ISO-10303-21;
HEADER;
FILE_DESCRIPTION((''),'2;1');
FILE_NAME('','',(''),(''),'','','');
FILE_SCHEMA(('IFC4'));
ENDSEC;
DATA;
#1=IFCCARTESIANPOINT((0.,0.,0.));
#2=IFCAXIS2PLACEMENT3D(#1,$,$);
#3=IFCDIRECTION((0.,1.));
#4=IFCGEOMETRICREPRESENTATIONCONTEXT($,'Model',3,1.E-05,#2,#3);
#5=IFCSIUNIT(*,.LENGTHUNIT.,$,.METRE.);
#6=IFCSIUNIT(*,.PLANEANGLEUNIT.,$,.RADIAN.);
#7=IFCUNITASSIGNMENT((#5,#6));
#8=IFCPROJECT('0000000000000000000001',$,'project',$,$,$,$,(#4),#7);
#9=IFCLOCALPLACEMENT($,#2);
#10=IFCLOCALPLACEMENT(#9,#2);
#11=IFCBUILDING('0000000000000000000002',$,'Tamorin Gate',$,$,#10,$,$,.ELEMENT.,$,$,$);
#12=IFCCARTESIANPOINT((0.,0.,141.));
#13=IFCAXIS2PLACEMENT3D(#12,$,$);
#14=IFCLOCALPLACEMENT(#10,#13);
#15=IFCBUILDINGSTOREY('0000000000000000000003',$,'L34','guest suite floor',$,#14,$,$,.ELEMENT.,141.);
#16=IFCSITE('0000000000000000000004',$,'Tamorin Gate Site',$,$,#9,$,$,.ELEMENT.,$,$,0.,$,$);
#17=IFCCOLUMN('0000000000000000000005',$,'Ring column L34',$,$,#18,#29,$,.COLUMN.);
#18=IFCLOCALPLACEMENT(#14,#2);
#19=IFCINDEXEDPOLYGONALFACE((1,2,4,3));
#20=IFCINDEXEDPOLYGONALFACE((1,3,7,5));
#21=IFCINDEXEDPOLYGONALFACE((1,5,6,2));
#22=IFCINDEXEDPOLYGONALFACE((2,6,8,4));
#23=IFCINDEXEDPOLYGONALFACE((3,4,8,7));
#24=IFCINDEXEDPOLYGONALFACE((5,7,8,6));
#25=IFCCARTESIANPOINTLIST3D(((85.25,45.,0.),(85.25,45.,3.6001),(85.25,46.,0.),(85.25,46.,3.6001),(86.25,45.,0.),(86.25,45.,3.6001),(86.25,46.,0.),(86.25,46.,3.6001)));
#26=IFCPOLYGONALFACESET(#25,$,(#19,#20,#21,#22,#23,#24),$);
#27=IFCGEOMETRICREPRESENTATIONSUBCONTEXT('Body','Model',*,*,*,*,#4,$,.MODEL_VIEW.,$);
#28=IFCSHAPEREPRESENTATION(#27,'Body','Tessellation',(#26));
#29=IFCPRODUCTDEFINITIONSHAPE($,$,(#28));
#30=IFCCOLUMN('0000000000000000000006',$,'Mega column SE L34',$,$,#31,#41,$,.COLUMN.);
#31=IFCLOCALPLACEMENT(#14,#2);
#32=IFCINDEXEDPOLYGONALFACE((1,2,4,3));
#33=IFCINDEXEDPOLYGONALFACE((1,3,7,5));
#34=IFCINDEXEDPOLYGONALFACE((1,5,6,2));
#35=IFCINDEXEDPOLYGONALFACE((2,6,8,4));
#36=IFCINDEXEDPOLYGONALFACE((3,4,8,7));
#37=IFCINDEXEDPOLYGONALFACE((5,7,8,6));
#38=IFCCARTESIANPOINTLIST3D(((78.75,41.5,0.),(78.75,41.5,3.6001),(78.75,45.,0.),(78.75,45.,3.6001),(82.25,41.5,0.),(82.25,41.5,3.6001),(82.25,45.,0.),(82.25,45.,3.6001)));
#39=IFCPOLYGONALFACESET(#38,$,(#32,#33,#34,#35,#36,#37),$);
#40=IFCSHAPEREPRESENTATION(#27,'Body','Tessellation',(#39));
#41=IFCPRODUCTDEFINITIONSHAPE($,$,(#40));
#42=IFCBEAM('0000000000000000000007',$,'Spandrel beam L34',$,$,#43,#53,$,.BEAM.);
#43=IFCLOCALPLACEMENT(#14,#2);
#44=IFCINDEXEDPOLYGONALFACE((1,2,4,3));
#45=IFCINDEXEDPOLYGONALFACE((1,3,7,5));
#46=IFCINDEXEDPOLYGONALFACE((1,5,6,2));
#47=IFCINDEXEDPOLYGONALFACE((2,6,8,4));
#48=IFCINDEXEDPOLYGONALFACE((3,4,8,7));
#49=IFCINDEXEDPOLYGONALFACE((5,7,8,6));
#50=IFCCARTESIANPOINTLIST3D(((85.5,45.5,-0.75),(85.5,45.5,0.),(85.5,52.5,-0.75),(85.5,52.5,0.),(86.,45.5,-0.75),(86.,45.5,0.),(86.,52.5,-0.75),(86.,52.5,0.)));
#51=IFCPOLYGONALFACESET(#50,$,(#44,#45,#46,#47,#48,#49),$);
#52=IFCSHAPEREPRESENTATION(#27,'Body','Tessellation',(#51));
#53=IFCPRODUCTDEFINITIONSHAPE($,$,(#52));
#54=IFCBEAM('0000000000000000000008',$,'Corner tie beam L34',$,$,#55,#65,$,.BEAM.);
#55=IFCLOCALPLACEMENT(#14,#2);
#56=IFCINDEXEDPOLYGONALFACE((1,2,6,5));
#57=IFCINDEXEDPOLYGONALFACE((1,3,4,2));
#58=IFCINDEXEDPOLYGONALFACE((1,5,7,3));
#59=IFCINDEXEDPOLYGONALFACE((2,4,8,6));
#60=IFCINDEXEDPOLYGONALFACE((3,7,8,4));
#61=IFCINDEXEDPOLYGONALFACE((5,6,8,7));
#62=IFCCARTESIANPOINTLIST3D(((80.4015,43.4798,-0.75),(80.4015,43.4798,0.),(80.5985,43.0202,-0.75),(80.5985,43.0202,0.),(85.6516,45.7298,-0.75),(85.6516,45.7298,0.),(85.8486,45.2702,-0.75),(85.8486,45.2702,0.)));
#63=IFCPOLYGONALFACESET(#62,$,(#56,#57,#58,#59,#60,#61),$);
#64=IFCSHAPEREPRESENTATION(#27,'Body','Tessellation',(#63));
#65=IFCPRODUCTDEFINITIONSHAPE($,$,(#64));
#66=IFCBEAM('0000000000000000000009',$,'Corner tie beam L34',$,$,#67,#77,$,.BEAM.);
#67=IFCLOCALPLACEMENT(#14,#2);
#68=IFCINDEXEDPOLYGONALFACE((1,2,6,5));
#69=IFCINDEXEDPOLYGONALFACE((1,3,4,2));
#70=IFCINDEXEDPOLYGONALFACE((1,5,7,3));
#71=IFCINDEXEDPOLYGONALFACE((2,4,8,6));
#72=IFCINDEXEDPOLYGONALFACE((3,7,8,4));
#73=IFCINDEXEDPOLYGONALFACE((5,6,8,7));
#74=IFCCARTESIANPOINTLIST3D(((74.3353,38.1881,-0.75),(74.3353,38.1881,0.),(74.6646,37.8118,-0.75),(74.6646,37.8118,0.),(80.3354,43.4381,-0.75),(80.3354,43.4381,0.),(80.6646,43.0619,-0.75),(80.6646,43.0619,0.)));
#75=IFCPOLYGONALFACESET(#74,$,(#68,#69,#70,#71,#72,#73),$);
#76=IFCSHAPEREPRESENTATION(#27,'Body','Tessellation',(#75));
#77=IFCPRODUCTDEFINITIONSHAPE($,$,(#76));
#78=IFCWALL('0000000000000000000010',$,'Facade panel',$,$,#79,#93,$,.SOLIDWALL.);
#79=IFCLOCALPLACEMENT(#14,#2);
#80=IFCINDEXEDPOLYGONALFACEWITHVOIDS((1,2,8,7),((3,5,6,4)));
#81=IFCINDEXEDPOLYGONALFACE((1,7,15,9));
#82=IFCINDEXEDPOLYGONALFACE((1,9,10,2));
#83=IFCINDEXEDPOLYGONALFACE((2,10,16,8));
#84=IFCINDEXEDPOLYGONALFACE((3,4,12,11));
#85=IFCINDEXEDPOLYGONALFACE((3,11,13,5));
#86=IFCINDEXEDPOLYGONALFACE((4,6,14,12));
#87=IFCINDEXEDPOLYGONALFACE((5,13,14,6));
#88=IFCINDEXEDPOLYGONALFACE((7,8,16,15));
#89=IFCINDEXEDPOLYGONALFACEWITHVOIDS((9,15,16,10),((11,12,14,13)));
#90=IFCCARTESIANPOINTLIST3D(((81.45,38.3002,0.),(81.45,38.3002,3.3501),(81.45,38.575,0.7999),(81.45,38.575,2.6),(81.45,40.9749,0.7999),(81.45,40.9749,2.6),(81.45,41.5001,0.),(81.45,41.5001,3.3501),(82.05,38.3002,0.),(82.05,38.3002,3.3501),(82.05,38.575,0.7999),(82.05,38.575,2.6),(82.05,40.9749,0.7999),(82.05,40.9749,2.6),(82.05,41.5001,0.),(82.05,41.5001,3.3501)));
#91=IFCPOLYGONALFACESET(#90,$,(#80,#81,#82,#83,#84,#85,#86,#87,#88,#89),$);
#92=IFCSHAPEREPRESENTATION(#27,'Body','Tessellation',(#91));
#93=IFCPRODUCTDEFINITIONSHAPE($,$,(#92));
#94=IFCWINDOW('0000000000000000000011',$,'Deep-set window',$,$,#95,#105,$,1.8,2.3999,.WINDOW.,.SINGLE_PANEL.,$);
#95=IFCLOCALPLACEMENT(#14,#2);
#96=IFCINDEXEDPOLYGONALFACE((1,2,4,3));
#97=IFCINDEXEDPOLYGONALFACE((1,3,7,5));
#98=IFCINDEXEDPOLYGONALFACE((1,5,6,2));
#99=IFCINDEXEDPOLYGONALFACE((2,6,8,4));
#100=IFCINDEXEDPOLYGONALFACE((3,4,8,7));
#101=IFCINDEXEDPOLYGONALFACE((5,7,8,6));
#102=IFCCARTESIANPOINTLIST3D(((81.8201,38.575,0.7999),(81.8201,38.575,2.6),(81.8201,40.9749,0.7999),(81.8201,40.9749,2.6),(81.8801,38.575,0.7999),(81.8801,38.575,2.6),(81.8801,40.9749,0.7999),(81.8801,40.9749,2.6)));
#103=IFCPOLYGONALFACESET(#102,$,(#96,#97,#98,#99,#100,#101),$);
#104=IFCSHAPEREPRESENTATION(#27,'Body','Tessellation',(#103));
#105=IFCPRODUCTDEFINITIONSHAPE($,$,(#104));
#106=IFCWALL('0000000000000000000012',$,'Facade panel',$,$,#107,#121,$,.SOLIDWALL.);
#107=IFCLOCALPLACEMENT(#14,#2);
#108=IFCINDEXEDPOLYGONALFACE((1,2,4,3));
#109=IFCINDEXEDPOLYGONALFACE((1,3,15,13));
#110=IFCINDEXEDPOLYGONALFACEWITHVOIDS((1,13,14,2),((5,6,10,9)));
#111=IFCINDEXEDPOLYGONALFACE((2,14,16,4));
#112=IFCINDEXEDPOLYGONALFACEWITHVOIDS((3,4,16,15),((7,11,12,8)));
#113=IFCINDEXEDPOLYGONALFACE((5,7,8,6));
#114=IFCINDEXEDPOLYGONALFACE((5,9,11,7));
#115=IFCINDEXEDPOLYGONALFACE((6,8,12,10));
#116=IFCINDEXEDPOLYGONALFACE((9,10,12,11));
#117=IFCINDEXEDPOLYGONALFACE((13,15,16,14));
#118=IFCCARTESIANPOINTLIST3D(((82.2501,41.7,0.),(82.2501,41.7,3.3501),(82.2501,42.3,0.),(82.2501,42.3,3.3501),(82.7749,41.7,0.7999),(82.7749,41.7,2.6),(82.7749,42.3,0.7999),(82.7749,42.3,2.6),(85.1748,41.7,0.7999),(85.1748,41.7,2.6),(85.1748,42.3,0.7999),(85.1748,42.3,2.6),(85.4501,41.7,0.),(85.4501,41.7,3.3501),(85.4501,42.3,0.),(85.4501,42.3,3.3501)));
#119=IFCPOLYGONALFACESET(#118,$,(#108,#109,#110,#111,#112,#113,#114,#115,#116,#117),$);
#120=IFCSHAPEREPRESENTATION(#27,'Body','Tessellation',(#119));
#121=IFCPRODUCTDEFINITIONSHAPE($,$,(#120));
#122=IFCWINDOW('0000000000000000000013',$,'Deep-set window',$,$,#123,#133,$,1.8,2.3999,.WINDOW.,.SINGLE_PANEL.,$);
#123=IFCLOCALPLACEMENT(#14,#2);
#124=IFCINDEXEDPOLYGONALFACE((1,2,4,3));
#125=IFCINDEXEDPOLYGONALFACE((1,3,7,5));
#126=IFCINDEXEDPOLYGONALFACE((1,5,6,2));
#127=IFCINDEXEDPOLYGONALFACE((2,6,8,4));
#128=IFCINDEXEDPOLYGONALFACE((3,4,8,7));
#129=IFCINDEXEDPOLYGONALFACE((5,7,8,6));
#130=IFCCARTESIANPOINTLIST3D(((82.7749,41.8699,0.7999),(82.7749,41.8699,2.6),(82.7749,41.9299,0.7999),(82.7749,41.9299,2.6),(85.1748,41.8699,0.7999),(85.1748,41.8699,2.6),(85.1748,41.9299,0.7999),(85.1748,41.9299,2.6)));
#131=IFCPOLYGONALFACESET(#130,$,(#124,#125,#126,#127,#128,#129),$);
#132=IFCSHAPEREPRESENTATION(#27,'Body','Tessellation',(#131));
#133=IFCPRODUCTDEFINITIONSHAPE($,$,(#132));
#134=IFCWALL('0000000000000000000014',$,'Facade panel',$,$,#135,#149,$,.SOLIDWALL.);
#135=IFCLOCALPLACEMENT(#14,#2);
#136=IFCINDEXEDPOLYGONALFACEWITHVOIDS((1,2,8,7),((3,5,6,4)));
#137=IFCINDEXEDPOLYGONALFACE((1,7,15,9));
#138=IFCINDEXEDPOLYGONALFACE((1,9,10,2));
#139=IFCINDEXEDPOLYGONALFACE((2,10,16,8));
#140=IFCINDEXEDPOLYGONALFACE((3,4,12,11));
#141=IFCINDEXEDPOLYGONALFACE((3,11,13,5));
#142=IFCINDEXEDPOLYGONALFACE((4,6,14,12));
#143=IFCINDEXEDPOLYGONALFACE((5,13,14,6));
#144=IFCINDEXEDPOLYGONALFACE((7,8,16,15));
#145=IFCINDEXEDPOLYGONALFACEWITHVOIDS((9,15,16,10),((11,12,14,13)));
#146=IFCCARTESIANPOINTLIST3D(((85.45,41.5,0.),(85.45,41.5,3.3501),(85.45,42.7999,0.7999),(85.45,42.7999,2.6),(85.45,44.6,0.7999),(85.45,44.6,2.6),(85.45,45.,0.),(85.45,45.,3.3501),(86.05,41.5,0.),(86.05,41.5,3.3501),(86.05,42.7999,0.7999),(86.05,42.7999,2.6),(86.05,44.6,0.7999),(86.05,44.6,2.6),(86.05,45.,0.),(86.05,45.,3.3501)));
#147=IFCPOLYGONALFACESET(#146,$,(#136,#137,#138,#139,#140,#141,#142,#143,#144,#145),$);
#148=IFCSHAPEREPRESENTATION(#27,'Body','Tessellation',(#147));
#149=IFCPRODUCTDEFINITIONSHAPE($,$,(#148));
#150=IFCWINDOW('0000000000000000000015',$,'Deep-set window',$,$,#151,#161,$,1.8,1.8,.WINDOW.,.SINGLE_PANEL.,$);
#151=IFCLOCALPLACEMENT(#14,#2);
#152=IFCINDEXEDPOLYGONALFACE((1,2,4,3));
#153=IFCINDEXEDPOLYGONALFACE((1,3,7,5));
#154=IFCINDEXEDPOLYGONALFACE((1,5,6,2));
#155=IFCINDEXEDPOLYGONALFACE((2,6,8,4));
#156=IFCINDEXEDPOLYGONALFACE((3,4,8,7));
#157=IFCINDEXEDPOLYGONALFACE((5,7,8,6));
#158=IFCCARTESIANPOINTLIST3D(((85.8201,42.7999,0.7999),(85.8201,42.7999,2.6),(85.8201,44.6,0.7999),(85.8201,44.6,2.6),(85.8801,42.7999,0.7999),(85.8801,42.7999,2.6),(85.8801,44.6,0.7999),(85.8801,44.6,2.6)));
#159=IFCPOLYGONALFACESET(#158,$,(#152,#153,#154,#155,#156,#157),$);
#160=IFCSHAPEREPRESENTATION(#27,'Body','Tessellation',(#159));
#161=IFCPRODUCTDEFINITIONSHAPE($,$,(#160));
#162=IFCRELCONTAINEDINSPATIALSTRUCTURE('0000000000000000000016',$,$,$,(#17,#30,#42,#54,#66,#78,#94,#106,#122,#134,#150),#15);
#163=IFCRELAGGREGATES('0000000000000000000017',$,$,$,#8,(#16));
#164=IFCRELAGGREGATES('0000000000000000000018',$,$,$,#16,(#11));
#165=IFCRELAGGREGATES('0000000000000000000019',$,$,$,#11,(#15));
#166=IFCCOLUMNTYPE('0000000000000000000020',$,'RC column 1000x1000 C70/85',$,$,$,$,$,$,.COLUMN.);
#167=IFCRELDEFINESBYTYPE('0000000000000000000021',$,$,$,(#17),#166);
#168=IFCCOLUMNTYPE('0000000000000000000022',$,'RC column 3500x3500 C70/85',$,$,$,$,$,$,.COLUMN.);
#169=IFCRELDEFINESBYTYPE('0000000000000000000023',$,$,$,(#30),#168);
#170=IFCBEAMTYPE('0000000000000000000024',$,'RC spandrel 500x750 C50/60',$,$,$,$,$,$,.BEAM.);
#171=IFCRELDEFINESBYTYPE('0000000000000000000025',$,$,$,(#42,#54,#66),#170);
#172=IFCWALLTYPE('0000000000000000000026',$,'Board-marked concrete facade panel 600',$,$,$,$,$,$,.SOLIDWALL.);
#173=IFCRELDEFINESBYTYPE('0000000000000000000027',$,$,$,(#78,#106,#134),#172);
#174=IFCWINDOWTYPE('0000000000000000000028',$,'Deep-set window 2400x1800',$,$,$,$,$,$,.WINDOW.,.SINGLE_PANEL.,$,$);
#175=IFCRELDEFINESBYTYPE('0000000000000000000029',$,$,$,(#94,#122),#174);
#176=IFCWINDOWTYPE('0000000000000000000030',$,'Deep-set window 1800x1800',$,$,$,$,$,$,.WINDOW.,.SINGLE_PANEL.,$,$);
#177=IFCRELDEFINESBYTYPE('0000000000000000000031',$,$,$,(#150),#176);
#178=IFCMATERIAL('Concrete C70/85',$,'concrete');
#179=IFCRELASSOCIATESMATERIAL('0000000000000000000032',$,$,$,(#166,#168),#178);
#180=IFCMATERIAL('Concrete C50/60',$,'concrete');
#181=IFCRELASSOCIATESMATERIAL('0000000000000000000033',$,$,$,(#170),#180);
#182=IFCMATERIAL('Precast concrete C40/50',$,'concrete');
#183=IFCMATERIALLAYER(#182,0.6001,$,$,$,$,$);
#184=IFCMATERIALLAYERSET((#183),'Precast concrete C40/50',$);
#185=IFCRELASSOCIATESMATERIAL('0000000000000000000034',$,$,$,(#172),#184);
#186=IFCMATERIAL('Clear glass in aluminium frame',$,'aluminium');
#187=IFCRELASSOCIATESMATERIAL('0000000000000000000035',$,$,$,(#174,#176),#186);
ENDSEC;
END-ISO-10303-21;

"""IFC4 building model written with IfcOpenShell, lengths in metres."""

from ifc_helpers import new_model, si_unit, direction, frame, frame_2d, origin, origin_2d, place, context, subcontext, project, spatial, rectangle, extrude, material, layer, layer_set, material_profile, profile_set, type_object, element, fill, save


model = new_model("IFC4")

# Units and contexts
model_context = context("Model", 3, precision=1e-05, world=origin(), true_north=direction((0.0, 1.0)))
body_context = subcontext(model_context, "Body", "Model", "MODEL_VIEW")
ifc_project = project(units=[si_unit("LENGTHUNIT", "METRE"), si_unit("PLANEANGLEUNIT", "RADIAN")], contexts=[model_context])

# Site, building, storey
site_placement = place(None, origin())
site = spatial("IfcSite", under=ifc_project, at=site_placement, Name="Tamorin Gate Site", CompositionType="ELEMENT", RefElevation=0.0)
building_placement = place(site_placement, origin())
building = spatial("IfcBuilding", under=site, at=building_placement, Name="Tamorin Gate", CompositionType="ELEMENT")
storey_placement = place(building_placement, frame((0.0, 0.0, 141.0)))
storey = spatial("IfcBuildingStorey", under=building, at=storey_placement, Name="L34", Description="guest suite floor", CompositionType="ELEMENT", Elevation=141.0)

# Columns
ifc_material_1 = material(Name="Concrete C70/85", Category="concrete")
ifc_material_profile_1 = material_profile(ifc_material_1, rectangle(XDim=1.0, YDim=1.0, at=origin_2d()), Name="RC 1000x1000")
ifc_profile_set_1 = profile_set([ifc_material_profile_1], Name="Concrete C70/85")
column_type_1 = type_object("IfcColumnType", Name="RC column 1000x1000 C70/85", PredefinedType="COLUMN", material=ifc_profile_set_1)
column_1_placement = place(storey_placement, frame((85.75, 45.5, 0.0), z_axis=(0.0, 0.0, 1.0), x_axis=(1.0, 0.0, 0.0)))
element("IfcColumn", 1, at=column_1_placement, inside=storey, type_object=column_type_1, Name="Ring column L34", PredefinedType="COLUMN", context=body_context, shape_type="SweptSolid", body=[
    extrude(rectangle(XDim=1.0, YDim=1.0, at=origin_2d()), origin(), (0.0, 0.0, 1.0), 3.6001),
])
ifc_material_profile_2 = material_profile(ifc_material_1, rectangle(XDim=3.5, YDim=3.5, at=origin_2d()), Name="RC 3500x3500")
ifc_profile_set_2 = profile_set([ifc_material_profile_2], Name="Concrete C70/85")
column_type_2 = type_object("IfcColumnType", Name="RC column 3500x3500 C70/85", PredefinedType="COLUMN", material=ifc_profile_set_2)
column_2_placement = place(storey_placement, frame((80.5, 43.25, 0.0), z_axis=(0.0, 0.0, 1.0), x_axis=(1.0, 0.0, 0.0)))
element("IfcColumn", 2, at=column_2_placement, inside=storey, type_object=column_type_2, Name="Mega column SE L34", PredefinedType="COLUMN", context=body_context, shape_type="SweptSolid", body=[
    extrude(rectangle(XDim=3.5, YDim=3.5, at=origin_2d()), origin(), (0.0, 0.0, 1.0), 3.6001),
])

# Beams
ifc_material_2 = material(Name="Concrete C50/60", Category="concrete")
ifc_material_profile_3 = material_profile(ifc_material_2, rectangle(XDim=0.5, YDim=0.75, at=origin_2d()), Name="RC 500x750")
ifc_profile_set_3 = profile_set([ifc_material_profile_3], Name="Concrete C50/60")
beam_type = type_object("IfcBeamType", Name="RC spandrel 500x750 C50/60", PredefinedType="BEAM", material=ifc_profile_set_3)
beam_1_placement = place(storey_placement, frame((85.75, 45.5, -0.375), z_axis=(0.0, 1.0, 0.0), x_axis=(-1.0, 0.0, 0.0)))
element("IfcBeam", 3, at=beam_1_placement, inside=storey, type_object=beam_type, Name="Spandrel beam L34", PredefinedType="BEAM", context=body_context, shape_type="SweptSolid", body=[
    extrude(rectangle(XDim=0.5, YDim=0.75, at=origin_2d()), origin(), (0.0, 0.0, 1.0), 7.0),
])
beam_2_placement = place(storey_placement, frame((80.5, 43.25, -0.375), z_axis=(0.919145, 0.393919, 0.0), x_axis=(-0.393919, 0.919145, 0.0)))
element("IfcBeam", 4, at=beam_2_placement, inside=storey, type_object=beam_type, Name="Corner tie beam L34", PredefinedType="BEAM", context=body_context, shape_type="SweptSolid", body=[
    extrude(rectangle(XDim=0.5, YDim=0.75, at=origin_2d()), origin(), (0.0, 0.0, 1.0), 5.7119),
])
beam_3_placement = place(storey_placement, frame((80.5, 43.25, -0.375), z_axis=(-0.752577, -0.658505, 0.0), x_axis=(0.658505, -0.752577, 0.0)))
element("IfcBeam", 5, at=beam_3_placement, inside=storey, type_object=beam_type, Name="Corner tie beam L34", PredefinedType="BEAM", context=body_context, shape_type="SweptSolid", body=[
    extrude(rectangle(XDim=0.5, YDim=0.75, at=origin_2d()), origin(), (0.0, 0.0, 1.0), 7.9727),
])

# Walls, openings, windows
ifc_material_3 = material(Name="Precast concrete C40/50", Category="concrete")
ifc_layer_1 = layer(ifc_material_3, 0.6001)
ifc_layer_set_1 = layer_set([ifc_layer_1], Name="Precast concrete C40/50")
wall_type_1 = type_object("IfcWallType", Name="Board-marked concrete facade panel 600", PredefinedType="SOLIDWALL", material=ifc_layer_set_1)
wall_1_placement = place(storey_placement, frame((81.75, 38.3, 0.0), z_axis=(0.0, 0.0, 1.0), x_axis=(0.0, 1.0, 0.0)))
wall_1 = element("IfcWall", 6, at=wall_1_placement, inside=storey, type_object=wall_type_1, Name="Facade panel", PredefinedType="SOLIDWALL", context=body_context, shape_type="SweptSolid", body=[
    extrude(rectangle(XDim=3.2, YDim=0.6001, at=frame_2d((1.6001, 0.0))), origin(), (0.0, 0.0, 1.0), 3.3501),
])
opening_1_placement = place(wall_1_placement, frame((0.2749, 0.0, 0.8)))
opening_1 = element("IfcOpeningElement", 7, at=opening_1_placement, cuts=wall_1, PredefinedType="OPENING", context=body_context, shape_type="SweptSolid", body=[
    extrude(rectangle(XDim=2.3999, YDim=1.8, at=frame_2d((1.2, 0.8999))), frame((0.0, 0.3101, 0.0), z_axis=(0.0, -1.0, 0.0), x_axis=(1.0, 0.0, 0.0)), (0.0, 0.0, 1.0), 0.6201),
])
ifc_material_4 = material(Name="Clear glass in aluminium frame", Category="aluminium")
window_type_1 = type_object("IfcWindowType", Name="Deep-set window 2400x1800", PartitioningType="SINGLE_PANEL", PredefinedType="WINDOW", material=ifc_material_4)
window_1_placement = place(opening_1_placement, origin())
window_1 = element("IfcWindow", 8, at=window_1_placement, inside=storey, type_object=window_type_1, Name="Deep-set window", OverallHeight=1.8, OverallWidth=2.3999, PartitioningType="SINGLE_PANEL", PredefinedType="WINDOW", context=body_context, shape_type="SweptSolid", body=[
    extrude(rectangle(XDim=2.3999, YDim=1.8, at=frame_2d((1.2, 0.8999))), frame((0.0, -0.0701, 0.0), z_axis=(0.0, -1.0, 0.0), x_axis=(1.0, 0.0, 0.0)), (0.0, 0.0, 1.0), 0.0601),
])
fill(opening_1, window_1)
wall_2_placement = place(storey_placement, frame((82.25, 42.0, 0.0), z_axis=(0.0, 0.0, 1.0), x_axis=(1.0, 0.0, 0.0)))
wall_2 = element("IfcWall", 9, at=wall_2_placement, inside=storey, type_object=wall_type_1, Name="Facade panel", PredefinedType="SOLIDWALL", context=body_context, shape_type="SweptSolid", body=[
    extrude(rectangle(XDim=3.2, YDim=0.6001, at=frame_2d((1.6001, 0.0))), origin(), (0.0, 0.0, 1.0), 3.3501),
])
opening_2_placement = place(wall_2_placement, frame((0.5249, 0.0, 0.8)))
opening_2 = element("IfcOpeningElement", 10, at=opening_2_placement, cuts=wall_2, PredefinedType="OPENING", context=body_context, shape_type="SweptSolid", body=[
    extrude(rectangle(XDim=2.3999, YDim=1.8, at=frame_2d((1.2, 0.8999))), frame((0.0, 0.3101, 0.0), z_axis=(0.0, -1.0, 0.0), x_axis=(1.0, 0.0, 0.0)), (0.0, 0.0, 1.0), 0.6201),
])
window_2_placement = place(opening_2_placement, origin())
window_2 = element("IfcWindow", 11, at=window_2_placement, inside=storey, type_object=window_type_1, Name="Deep-set window", OverallHeight=1.8, OverallWidth=2.3999, PartitioningType="SINGLE_PANEL", PredefinedType="WINDOW", context=body_context, shape_type="SweptSolid", body=[
    extrude(rectangle(XDim=2.3999, YDim=1.8, at=frame_2d((1.2, 0.8999))), frame((0.0, -0.0701, 0.0), z_axis=(0.0, -1.0, 0.0), x_axis=(1.0, 0.0, 0.0)), (0.0, 0.0, 1.0), 0.0601),
])
fill(opening_2, window_2)
wall_3_placement = place(storey_placement, frame((85.75, 41.5, 0.0), z_axis=(0.0, 0.0, 1.0), x_axis=(0.0, 1.0, 0.0)))
wall_3 = element("IfcWall", 12, at=wall_3_placement, inside=storey, type_object=wall_type_1, Name="Facade panel", PredefinedType="SOLIDWALL", context=body_context, shape_type="SweptSolid", body=[
    extrude(rectangle(XDim=3.5, YDim=0.6001, at=frame_2d((1.75, 0.0))), origin(), (0.0, 0.0, 1.0), 3.3501),
])
opening_3_placement = place(wall_3_placement, frame((1.3, 0.0, 0.8)))
opening_3 = element("IfcOpeningElement", 13, at=opening_3_placement, cuts=wall_3, PredefinedType="OPENING", context=body_context, shape_type="SweptSolid", body=[
    extrude(rectangle(XDim=1.8, YDim=1.8, at=frame_2d((0.8999, 0.8999))), frame((0.0, 0.3101, 0.0), z_axis=(0.0, -1.0, 0.0), x_axis=(1.0, 0.0, 0.0)), (0.0, 0.0, 1.0), 0.6201),
])
window_type_2 = type_object("IfcWindowType", Name="Deep-set window 1800x1800", PartitioningType="SINGLE_PANEL", PredefinedType="WINDOW", material=ifc_material_4)
window_3_placement = place(opening_3_placement, origin())
window_3 = element("IfcWindow", 14, at=window_3_placement, inside=storey, type_object=window_type_2, Name="Deep-set window", OverallHeight=1.8, OverallWidth=1.8, PartitioningType="SINGLE_PANEL", PredefinedType="WINDOW", context=body_context, shape_type="SweptSolid", body=[
    extrude(rectangle(XDim=1.8, YDim=1.8, at=frame_2d((0.8999, 0.8999))), frame((0.0, -0.0701, 0.0), z_axis=(0.0, -1.0, 0.0), x_axis=(1.0, 0.0, 0.0)), (0.0, 0.0, 1.0), 0.0601),
])
fill(opening_3, window_3)

save(model, "model.ifc")
